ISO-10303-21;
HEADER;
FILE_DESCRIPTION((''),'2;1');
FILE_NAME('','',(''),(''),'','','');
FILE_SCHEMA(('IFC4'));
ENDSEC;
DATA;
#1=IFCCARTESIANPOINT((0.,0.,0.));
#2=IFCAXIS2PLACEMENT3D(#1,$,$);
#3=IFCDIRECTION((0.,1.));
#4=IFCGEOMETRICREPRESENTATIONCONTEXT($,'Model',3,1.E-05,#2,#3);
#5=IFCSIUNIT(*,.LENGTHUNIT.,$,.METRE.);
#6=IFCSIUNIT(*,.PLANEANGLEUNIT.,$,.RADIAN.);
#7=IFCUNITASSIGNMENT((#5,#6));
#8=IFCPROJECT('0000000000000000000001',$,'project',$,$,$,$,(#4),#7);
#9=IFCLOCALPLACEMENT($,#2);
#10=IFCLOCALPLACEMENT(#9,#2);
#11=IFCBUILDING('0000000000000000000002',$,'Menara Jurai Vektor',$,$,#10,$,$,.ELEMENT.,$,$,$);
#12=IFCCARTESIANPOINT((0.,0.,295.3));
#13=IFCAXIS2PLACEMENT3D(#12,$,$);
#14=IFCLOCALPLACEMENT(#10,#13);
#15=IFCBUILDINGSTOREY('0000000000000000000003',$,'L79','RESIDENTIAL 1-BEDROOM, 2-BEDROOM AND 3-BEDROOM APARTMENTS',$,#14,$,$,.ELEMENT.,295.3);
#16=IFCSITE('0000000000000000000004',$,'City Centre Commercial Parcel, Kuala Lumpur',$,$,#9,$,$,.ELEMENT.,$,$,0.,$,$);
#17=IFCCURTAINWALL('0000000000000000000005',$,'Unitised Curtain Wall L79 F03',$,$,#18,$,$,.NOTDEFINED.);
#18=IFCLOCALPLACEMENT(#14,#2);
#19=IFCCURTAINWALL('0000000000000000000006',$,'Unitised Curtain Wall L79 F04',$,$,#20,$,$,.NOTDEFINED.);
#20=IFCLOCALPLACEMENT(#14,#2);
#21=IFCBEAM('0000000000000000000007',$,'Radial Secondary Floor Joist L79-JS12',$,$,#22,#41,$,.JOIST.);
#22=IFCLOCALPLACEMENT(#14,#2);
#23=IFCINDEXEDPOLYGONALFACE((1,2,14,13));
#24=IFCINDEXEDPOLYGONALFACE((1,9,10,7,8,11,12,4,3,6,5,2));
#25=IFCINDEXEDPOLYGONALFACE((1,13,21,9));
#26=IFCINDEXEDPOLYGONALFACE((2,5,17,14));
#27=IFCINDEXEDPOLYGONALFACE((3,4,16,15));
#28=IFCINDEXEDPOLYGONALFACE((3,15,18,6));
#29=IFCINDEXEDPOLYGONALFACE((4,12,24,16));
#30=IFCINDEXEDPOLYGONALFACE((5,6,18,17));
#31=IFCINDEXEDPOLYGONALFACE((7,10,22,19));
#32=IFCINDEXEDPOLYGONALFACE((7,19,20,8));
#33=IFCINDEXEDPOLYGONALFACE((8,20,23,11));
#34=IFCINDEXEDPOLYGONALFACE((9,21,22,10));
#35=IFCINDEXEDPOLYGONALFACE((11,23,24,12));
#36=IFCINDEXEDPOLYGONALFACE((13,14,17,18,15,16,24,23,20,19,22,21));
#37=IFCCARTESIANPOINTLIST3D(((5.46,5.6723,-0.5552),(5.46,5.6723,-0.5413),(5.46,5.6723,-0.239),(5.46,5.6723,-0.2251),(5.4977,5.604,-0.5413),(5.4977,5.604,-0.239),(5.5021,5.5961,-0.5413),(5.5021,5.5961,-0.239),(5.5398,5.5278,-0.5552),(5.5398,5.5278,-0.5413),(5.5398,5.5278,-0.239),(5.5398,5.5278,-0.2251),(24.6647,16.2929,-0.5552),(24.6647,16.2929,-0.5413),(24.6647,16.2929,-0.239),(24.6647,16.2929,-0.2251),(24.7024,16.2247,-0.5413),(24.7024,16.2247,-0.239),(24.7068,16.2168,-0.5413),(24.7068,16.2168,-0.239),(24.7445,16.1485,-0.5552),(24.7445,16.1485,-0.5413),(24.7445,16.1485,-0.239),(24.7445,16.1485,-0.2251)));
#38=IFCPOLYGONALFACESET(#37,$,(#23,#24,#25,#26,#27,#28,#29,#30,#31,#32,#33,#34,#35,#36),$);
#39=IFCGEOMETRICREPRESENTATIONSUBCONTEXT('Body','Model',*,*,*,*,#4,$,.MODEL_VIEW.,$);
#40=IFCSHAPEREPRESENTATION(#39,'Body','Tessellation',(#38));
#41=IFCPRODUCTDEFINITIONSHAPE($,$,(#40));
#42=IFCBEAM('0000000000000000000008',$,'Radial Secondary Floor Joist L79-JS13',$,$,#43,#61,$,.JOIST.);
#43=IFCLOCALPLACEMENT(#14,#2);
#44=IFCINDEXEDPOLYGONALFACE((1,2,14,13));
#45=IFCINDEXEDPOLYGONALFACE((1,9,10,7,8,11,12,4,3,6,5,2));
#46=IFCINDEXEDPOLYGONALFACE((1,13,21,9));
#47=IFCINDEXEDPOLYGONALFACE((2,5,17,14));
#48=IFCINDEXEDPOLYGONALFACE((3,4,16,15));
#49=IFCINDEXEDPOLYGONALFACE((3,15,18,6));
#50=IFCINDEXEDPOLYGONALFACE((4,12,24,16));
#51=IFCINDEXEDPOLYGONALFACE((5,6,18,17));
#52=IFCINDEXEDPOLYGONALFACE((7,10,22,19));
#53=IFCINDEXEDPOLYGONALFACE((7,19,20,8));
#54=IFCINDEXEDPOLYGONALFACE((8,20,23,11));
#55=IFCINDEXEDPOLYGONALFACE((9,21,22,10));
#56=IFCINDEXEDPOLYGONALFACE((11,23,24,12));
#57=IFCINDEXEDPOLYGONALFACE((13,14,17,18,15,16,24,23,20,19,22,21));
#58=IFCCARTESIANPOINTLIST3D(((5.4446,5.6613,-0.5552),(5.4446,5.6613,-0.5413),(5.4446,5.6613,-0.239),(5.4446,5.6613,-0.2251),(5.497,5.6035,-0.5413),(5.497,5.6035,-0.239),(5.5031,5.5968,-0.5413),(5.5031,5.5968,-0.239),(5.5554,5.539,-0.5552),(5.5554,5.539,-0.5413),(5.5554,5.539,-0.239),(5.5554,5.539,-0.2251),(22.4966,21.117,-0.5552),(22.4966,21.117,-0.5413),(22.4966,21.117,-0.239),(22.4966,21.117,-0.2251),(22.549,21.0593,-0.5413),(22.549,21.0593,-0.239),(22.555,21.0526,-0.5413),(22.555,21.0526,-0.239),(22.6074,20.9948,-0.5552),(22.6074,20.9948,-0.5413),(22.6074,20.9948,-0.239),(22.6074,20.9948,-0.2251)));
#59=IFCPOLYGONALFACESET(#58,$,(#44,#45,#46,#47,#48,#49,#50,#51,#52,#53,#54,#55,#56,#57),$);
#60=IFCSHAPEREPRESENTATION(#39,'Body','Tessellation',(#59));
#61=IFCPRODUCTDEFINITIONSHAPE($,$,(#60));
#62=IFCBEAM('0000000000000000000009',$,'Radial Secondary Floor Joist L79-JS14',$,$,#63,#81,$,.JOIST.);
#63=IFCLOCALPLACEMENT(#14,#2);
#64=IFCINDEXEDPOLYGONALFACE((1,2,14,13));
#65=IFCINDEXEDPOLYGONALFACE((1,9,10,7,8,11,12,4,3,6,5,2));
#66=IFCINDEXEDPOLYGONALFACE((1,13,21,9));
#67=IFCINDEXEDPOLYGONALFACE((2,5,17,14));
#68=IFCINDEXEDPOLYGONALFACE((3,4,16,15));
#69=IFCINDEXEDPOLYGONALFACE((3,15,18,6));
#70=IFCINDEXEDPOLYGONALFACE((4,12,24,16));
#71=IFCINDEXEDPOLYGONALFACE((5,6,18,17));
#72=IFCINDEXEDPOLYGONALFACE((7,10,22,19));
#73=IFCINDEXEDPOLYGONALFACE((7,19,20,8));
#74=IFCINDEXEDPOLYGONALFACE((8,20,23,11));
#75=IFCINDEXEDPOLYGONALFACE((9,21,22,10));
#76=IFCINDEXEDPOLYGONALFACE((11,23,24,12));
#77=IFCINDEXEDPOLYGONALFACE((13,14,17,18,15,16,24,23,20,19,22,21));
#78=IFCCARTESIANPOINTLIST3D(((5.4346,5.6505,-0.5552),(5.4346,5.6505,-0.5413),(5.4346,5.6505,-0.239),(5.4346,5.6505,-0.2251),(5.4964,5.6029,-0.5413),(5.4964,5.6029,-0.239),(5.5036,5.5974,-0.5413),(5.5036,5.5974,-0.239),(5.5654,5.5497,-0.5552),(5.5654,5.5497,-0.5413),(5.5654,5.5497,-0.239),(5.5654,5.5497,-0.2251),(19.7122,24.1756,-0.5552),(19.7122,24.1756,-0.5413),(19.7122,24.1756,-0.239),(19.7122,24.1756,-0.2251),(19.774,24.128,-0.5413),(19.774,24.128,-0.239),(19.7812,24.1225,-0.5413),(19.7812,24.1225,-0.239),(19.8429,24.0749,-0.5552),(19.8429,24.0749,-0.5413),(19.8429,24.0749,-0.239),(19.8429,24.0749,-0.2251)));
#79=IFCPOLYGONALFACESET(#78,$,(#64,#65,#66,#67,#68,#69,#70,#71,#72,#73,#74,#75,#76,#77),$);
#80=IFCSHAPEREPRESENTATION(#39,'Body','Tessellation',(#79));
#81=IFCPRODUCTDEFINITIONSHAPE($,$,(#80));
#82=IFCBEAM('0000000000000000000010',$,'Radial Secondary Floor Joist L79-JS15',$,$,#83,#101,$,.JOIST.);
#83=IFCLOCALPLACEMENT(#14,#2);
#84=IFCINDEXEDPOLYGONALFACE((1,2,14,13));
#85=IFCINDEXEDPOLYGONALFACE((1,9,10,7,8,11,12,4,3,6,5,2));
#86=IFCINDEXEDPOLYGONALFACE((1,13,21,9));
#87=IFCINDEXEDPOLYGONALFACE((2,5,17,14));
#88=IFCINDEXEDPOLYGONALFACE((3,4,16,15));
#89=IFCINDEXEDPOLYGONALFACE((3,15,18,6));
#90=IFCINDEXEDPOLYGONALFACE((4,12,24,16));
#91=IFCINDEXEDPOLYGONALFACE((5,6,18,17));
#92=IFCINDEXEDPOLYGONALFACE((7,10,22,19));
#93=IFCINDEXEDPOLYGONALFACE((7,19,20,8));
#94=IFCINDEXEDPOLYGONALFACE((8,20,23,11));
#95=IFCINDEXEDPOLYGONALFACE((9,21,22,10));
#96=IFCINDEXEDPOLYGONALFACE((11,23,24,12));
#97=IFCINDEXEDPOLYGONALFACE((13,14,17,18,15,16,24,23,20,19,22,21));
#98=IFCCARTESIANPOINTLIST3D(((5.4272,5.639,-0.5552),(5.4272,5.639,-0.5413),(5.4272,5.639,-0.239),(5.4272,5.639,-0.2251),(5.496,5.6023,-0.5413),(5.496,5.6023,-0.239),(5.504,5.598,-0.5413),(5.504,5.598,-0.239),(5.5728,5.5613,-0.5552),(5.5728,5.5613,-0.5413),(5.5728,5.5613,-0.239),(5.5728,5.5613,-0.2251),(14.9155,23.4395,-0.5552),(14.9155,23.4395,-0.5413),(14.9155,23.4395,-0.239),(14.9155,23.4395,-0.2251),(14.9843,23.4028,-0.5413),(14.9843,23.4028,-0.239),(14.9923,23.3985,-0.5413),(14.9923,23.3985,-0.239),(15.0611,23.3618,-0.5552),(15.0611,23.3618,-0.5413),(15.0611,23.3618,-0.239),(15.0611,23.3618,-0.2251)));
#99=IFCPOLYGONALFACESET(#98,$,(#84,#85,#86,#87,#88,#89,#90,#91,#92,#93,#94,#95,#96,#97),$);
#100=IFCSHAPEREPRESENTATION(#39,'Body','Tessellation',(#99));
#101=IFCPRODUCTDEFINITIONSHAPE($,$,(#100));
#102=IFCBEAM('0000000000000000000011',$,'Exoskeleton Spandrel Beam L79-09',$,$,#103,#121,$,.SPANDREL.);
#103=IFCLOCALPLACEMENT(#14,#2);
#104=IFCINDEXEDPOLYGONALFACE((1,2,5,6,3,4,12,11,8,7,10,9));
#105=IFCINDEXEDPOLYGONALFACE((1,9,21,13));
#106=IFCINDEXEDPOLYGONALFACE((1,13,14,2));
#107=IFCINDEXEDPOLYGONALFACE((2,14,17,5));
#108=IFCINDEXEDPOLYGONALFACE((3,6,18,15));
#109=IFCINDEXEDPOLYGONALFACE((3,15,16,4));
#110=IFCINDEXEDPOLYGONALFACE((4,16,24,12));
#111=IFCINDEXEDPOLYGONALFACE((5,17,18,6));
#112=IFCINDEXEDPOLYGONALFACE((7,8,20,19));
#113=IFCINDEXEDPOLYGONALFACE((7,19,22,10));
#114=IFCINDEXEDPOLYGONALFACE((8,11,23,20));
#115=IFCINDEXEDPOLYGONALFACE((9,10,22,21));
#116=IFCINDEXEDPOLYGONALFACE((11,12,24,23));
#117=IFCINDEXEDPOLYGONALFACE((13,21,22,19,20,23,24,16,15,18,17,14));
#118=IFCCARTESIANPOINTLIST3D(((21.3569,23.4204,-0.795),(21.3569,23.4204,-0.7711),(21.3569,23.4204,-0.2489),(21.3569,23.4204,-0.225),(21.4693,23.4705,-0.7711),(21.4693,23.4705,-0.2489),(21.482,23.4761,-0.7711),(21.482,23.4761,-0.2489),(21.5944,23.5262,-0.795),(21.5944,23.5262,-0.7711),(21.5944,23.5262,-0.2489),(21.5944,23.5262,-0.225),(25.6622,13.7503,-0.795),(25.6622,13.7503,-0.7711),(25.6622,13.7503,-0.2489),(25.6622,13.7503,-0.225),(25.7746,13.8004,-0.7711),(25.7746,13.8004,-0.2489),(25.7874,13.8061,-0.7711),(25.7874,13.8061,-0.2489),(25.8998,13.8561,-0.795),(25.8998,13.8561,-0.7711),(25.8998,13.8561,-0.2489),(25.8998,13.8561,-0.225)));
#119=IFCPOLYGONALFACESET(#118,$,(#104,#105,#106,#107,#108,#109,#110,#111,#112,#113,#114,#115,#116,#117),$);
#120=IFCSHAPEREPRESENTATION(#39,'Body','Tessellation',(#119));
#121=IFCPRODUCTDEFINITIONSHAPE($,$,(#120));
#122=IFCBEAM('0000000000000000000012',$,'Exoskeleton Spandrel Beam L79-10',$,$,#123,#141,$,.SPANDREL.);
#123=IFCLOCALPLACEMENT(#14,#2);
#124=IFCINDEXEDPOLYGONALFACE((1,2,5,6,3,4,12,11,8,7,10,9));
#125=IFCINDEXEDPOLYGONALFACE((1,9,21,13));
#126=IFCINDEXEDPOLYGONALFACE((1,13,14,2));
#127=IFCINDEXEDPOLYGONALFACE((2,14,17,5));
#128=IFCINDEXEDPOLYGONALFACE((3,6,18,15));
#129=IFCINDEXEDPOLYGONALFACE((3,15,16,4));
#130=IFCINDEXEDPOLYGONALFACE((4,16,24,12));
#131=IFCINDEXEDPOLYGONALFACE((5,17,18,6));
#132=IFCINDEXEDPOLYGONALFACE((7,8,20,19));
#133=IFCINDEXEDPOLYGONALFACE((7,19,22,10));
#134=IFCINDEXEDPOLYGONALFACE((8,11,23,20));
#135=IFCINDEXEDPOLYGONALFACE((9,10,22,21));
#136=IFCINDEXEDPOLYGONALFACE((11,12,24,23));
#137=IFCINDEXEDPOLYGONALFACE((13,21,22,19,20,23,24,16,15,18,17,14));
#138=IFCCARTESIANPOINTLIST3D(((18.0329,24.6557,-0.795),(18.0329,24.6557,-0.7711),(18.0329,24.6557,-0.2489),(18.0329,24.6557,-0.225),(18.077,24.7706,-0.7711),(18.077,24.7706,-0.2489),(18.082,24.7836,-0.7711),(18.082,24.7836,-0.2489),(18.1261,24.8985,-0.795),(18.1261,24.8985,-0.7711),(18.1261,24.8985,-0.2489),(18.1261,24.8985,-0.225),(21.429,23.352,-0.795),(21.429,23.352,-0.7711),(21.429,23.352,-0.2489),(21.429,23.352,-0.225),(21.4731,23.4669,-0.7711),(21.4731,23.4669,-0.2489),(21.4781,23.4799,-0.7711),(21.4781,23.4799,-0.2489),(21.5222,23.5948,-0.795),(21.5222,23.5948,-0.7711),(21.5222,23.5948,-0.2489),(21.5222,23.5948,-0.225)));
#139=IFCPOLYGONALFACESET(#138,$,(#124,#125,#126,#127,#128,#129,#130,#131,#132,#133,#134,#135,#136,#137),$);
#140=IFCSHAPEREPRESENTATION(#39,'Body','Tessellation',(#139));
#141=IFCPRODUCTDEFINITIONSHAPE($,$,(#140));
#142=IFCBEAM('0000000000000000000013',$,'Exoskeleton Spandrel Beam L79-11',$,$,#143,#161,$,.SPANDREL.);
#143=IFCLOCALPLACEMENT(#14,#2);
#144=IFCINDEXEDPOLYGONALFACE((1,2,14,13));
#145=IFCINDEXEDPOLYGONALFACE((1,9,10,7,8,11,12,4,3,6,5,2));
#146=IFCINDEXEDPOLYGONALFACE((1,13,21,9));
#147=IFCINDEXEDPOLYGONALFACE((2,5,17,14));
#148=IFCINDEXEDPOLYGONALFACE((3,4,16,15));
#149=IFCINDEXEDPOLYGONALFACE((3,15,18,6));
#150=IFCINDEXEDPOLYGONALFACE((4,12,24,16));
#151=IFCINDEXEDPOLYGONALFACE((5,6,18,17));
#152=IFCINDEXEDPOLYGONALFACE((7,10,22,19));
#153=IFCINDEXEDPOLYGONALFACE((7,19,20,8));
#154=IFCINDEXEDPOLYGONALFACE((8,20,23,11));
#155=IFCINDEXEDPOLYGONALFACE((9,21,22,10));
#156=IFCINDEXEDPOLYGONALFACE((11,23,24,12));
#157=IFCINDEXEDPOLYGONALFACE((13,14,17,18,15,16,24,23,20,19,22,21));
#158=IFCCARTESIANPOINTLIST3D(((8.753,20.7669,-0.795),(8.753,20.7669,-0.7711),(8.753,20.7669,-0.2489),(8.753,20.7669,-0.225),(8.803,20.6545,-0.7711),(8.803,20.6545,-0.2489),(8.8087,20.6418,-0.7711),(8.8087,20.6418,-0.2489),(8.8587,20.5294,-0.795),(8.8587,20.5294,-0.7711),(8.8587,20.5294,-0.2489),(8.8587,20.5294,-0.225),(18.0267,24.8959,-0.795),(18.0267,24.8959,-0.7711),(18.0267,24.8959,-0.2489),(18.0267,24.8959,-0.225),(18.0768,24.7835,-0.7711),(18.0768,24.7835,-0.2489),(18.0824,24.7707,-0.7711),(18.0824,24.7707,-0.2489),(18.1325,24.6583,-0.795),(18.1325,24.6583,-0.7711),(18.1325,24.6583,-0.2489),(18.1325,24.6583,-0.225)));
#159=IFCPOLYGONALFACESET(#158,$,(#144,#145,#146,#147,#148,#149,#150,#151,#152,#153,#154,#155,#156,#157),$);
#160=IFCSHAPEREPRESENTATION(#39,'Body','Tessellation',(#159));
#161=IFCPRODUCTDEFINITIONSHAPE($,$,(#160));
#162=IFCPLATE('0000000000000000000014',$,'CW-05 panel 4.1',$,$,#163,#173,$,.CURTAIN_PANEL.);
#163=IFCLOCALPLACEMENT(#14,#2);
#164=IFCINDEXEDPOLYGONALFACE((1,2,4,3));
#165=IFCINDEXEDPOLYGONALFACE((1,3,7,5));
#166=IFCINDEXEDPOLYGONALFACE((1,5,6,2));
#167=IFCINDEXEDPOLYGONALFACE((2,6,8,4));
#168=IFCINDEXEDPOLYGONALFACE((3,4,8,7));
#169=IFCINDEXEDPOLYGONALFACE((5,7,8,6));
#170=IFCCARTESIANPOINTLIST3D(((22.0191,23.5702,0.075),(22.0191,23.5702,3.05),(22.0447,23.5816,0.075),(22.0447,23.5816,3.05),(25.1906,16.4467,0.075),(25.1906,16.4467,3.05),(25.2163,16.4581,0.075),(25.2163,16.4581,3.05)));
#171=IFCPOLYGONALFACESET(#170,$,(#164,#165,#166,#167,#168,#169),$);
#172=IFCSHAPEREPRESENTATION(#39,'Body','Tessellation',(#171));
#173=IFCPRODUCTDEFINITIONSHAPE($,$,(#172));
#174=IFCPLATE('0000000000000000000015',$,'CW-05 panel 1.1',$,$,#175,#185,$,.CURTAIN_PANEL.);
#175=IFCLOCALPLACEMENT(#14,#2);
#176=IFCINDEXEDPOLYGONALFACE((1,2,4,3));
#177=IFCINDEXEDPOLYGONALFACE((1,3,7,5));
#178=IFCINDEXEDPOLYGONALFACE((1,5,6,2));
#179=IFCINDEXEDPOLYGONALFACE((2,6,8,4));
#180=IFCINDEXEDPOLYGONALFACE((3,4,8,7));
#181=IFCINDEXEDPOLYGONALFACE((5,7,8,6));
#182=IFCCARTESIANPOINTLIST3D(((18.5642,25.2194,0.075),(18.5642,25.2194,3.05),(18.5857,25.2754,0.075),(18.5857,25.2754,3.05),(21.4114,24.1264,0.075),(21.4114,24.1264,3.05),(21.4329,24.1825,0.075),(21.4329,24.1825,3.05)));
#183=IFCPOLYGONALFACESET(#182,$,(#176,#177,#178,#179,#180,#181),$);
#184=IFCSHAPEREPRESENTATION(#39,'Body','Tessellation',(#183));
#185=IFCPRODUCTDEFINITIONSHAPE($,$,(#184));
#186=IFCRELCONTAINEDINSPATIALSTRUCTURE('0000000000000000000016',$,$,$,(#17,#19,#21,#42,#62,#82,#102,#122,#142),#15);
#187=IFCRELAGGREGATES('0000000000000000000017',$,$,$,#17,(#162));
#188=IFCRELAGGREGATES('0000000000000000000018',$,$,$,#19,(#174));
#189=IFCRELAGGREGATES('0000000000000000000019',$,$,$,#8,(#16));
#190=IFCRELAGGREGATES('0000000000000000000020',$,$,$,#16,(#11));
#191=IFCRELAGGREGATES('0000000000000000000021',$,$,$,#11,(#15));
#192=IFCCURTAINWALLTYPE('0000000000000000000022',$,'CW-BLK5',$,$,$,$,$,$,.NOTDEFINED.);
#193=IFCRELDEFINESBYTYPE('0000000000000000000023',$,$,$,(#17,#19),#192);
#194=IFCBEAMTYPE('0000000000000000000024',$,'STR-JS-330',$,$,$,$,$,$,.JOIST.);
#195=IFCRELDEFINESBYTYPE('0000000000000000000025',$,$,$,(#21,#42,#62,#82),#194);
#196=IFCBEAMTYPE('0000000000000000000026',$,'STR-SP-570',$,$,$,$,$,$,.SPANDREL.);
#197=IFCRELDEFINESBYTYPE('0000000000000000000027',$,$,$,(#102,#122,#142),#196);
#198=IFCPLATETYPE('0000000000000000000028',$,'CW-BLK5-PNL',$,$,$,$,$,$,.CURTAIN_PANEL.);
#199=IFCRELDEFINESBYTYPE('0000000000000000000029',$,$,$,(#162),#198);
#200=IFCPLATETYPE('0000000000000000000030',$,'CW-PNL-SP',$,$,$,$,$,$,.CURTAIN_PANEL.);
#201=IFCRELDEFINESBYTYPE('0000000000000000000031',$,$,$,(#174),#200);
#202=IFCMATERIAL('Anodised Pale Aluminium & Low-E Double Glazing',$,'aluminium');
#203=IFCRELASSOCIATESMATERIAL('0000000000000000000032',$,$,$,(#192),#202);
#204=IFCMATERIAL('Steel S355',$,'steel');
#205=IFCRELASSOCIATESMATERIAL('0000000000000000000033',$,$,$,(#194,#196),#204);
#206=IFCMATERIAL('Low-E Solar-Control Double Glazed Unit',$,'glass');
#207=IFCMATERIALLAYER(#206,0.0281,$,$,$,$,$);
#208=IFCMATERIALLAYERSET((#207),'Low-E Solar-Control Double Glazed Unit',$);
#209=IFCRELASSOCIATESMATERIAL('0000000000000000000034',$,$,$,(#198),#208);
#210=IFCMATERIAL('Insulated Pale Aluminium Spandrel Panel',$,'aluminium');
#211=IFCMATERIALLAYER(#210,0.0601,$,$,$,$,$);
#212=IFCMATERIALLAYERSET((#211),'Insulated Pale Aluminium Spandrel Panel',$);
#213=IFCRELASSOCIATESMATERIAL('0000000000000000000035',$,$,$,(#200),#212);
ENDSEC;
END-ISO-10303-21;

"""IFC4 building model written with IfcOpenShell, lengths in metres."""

from ifc_helpers import new_model, si_unit, direction, frame, origin, origin_2d, place, context, subcontext, project, spatial, rectangle, i_section, extrude, material, layer, layer_set, material_profile, profile_set, type_object, element, aggregate, save


model = new_model("IFC4")

# Units and contexts
model_context = context("Model", 3, precision=1e-05, world=origin(), true_north=direction((0.0, 1.0)))
body_context = subcontext(model_context, "Body", "Model", "MODEL_VIEW")
ifc_project = project(units=[si_unit("LENGTHUNIT", "METRE"), si_unit("PLANEANGLEUNIT", "RADIAN")], contexts=[model_context])

# Site, building, storey
site_placement = place(None, origin())
site = spatial("IfcSite", under=ifc_project, at=site_placement, Name="City Centre Commercial Parcel, Kuala Lumpur", CompositionType="ELEMENT", RefElevation=0.0)
building_placement = place(site_placement, origin())
building = spatial("IfcBuilding", under=site, at=building_placement, Name="Menara Jurai Vektor", CompositionType="ELEMENT")
storey_placement = place(building_placement, frame((0.0, 0.0, 295.3)))
storey = spatial("IfcBuildingStorey", under=building, at=storey_placement, Name="L79", Description="RESIDENTIAL 1-BEDROOM, 2-BEDROOM AND 3-BEDROOM APARTMENTS", CompositionType="ELEMENT", Elevation=295.3)

# Curtain walls
ifc_material_1 = material(Name="Anodised Pale Aluminium & Low-E Double Glazing", Category="aluminium")
curtain_wall_type = type_object("IfcCurtainWallType", Name="CW-BLK5", PredefinedType="NOTDEFINED", material=ifc_material_1)
curtain_wall_1_placement = place(storey_placement, origin())
curtain_wall_1 = element("IfcCurtainWall", 1, at=curtain_wall_1_placement, inside=storey, type_object=curtain_wall_type, Name="Unitised Curtain Wall L79 F03", PredefinedType="NOTDEFINED")
curtain_wall_2_placement = place(storey_placement, origin())
curtain_wall_2 = element("IfcCurtainWall", 2, at=curtain_wall_2_placement, inside=storey, type_object=curtain_wall_type, Name="Unitised Curtain Wall L79 F04", PredefinedType="NOTDEFINED")

# Shared definitions
ifc_material_2 = material(Name="Steel S355", Category="steel")

# Beams
ifc_material_profile_1 = material_profile(ifc_material_2, i_section(OverallWidth=0.165, OverallDepth=0.3301, WebThickness=0.009, FlangeThickness=0.0139, at=origin_2d()), Name="PG 330x165x46")
ifc_profile_set_1 = profile_set([ifc_material_profile_1], Name="Steel S355")
beam_type_1 = type_object("IfcBeamType", Name="STR-JS-330", PredefinedType="JOIST", material=ifc_profile_set_1)
beam_1_placement = place(storey_placement, frame((24.7046, 16.2207, -0.3901), z_axis=(-0.875096, -0.483949, 0.0), x_axis=(0.483949, -0.875096, 0.0)))
element("IfcBeam", 3, at=beam_1_placement, inside=storey, type_object=beam_type_1, Name="Radial Secondary Floor Joist L79-JS12", PredefinedType="JOIST", context=body_context, shape_type="SweptSolid", body=[
    extrude(i_section(OverallWidth=0.165, OverallDepth=0.3301, WebThickness=0.009, FlangeThickness=0.0139, at=origin_2d()), origin(), (0.0, 0.0, 1.0), 21.9458),
])
beam_2_placement = place(storey_placement, frame((22.552, 21.0559, -0.3901), z_axis=(-0.740934, -0.671577, 0.0), x_axis=(0.671577, -0.740934, 0.0)))
element("IfcBeam", 4, at=beam_2_placement, inside=storey, type_object=beam_type_1, Name="Radial Secondary Floor Joist L79-JS13", PredefinedType="JOIST", context=body_context, shape_type="SweptSolid", body=[
    extrude(i_section(OverallWidth=0.165, OverallDepth=0.3301, WebThickness=0.009, FlangeThickness=0.0139, at=origin_2d()), origin(), (0.0, 0.0, 1.0), 23.0142),
])
beam_3_placement = place(storey_placement, frame((19.7776, 24.1252, -0.3901), z_axis=(-0.610449, -0.792056, 0.0), x_axis=(0.792056, -0.610449, 0.0)))
element("IfcBeam", 5, at=beam_3_placement, inside=storey, type_object=beam_type_1, Name="Radial Secondary Floor Joist L79-JS14", PredefinedType="JOIST", context=body_context, shape_type="SweptSolid", body=[
    extrude(i_section(OverallWidth=0.165, OverallDepth=0.3301, WebThickness=0.009, FlangeThickness=0.0139, at=origin_2d()), origin(), (0.0, 0.0, 1.0), 23.3887),
])
beam_4_placement = place(storey_placement, frame((14.9883, 23.4006, -0.3901), z_axis=(-0.470382, -0.882463, 0.0), x_axis=(0.882463, -0.470382, 0.0)))
element("IfcBeam", 6, at=beam_4_placement, inside=storey, type_object=beam_type_1, Name="Radial Secondary Floor Joist L79-JS15", PredefinedType="JOIST", context=body_context, shape_type="SweptSolid", body=[
    extrude(i_section(OverallWidth=0.165, OverallDepth=0.3301, WebThickness=0.009, FlangeThickness=0.0139, at=origin_2d()), origin(), (0.0, 0.0, 1.0), 20.1714),
])
ifc_material_profile_2 = material_profile(ifc_material_2, i_section(OverallWidth=0.26, OverallDepth=0.5701, WebThickness=0.0139, FlangeThickness=0.0239, at=origin_2d()), Name="PG 570x260x145")
ifc_profile_set_2 = profile_set([ifc_material_profile_2], Name="Steel S355")
beam_type_2 = type_object("IfcBeamType", Name="STR-SP-570", PredefinedType="SPANDREL", material=ifc_profile_set_2)
beam_5_placement = place(storey_placement, frame((25.781, 13.8032, -0.51), z_axis=(-0.406735, 0.913546, 0.0), x_axis=(-0.913546, -0.406735, 0.0)))
element("IfcBeam", 7, at=beam_5_placement, inside=storey, type_object=beam_type_2, Name="Exoskeleton Spandrel Beam L79-09", PredefinedType="SPANDREL", context=body_context, shape_type="SweptSolid", body=[
    extrude(i_section(OverallWidth=0.26, OverallDepth=0.5701, WebThickness=0.0139, FlangeThickness=0.0239, at=origin_2d()), origin(), (0.0, 0.0, 1.0), 10.5852),
])
beam_6_placement = place(storey_placement, frame((21.4756, 23.4734, -0.51), z_axis=(-0.93357, 0.358394, 0.0), x_axis=(-0.358394, -0.93357, 0.0)))
element("IfcBeam", 8, at=beam_6_placement, inside=storey, type_object=beam_type_2, Name="Exoskeleton Spandrel Beam L79-10", PredefinedType="SPANDREL", context=body_context, shape_type="SweptSolid", body=[
    extrude(i_section(OverallWidth=0.26, OverallDepth=0.5701, WebThickness=0.0139, FlangeThickness=0.0239, at=origin_2d()), origin(), (0.0, 0.0, 1.0), 3.6377),
])
beam_7_placement = place(storey_placement, frame((18.0796, 24.7771, -0.51), z_axis=(-0.913546, -0.406736, 0.0), x_axis=(0.406736, -0.913546, 0.0)))
element("IfcBeam", 9, at=beam_7_placement, inside=storey, type_object=beam_type_2, Name="Exoskeleton Spandrel Beam L79-11", PredefinedType="SPANDREL", context=body_context, shape_type="SweptSolid", body=[
    extrude(i_section(OverallWidth=0.26, OverallDepth=0.5701, WebThickness=0.0139, FlangeThickness=0.0239, at=origin_2d()), origin(), (0.0, 0.0, 1.0), 10.1514),
])

# Plates
ifc_material_3 = material(Name="Low-E Solar-Control Double Glazed Unit", Category="glass")
ifc_layer_1 = layer(ifc_material_3, 0.0281)
ifc_layer_set_1 = layer_set([ifc_layer_1], Name="Low-E Solar-Control Double Glazed Unit")
plate_type_1 = type_object("IfcPlateType", Name="CW-BLK5-PNL", PredefinedType="CURTAIN_PANEL", material=ifc_layer_set_1)
plate_1_placement = place(storey_placement, frame((23.6177, 20.0142, 0.075), z_axis=(0.0, 0.0, 1.0), x_axis=(-0.406735, 0.913546, 0.0)))
plate_1 = element("IfcPlate", 10, at=plate_1_placement, type_object=plate_type_1, Name="CW-05 panel 4.1", PredefinedType="CURTAIN_PANEL", context=body_context, shape_type="SweptSolid", body=[
    extrude(rectangle(XDim=7.7976, YDim=0.0281, at=origin_2d()), origin(), (0.0, 0.0, 1.0), 2.9751),
])
aggregate(curtain_wall_1, [plate_1])
ifc_material_4 = material(Name="Insulated Pale Aluminium Spandrel Panel", Category="aluminium")
ifc_layer_2 = layer(ifc_material_4, 0.0601)
ifc_layer_set_2 = layer_set([ifc_layer_2], Name="Insulated Pale Aluminium Spandrel Panel")
plate_type_2 = type_object("IfcPlateType", Name="CW-PNL-SP", PredefinedType="CURTAIN_PANEL", material=ifc_layer_set_2)
plate_2_placement = place(storey_placement, frame((19.9985, 24.7009, 0.075), z_axis=(0.0, 0.0, 1.0), x_axis=(-0.933578, 0.358374, 0.0)))
plate_2 = element("IfcPlate", 11, at=plate_2_placement, type_object=plate_type_2, Name="CW-05 panel 1.1", PredefinedType="CURTAIN_PANEL", context=body_context, shape_type="SweptSolid", body=[
    extrude(rectangle(XDim=3.0498, YDim=0.0601, at=origin_2d()), origin(), (0.0, 0.0, 1.0), 2.9751),
])
aggregate(curtain_wall_2, [plate_2])

save(model, "model.ifc")
